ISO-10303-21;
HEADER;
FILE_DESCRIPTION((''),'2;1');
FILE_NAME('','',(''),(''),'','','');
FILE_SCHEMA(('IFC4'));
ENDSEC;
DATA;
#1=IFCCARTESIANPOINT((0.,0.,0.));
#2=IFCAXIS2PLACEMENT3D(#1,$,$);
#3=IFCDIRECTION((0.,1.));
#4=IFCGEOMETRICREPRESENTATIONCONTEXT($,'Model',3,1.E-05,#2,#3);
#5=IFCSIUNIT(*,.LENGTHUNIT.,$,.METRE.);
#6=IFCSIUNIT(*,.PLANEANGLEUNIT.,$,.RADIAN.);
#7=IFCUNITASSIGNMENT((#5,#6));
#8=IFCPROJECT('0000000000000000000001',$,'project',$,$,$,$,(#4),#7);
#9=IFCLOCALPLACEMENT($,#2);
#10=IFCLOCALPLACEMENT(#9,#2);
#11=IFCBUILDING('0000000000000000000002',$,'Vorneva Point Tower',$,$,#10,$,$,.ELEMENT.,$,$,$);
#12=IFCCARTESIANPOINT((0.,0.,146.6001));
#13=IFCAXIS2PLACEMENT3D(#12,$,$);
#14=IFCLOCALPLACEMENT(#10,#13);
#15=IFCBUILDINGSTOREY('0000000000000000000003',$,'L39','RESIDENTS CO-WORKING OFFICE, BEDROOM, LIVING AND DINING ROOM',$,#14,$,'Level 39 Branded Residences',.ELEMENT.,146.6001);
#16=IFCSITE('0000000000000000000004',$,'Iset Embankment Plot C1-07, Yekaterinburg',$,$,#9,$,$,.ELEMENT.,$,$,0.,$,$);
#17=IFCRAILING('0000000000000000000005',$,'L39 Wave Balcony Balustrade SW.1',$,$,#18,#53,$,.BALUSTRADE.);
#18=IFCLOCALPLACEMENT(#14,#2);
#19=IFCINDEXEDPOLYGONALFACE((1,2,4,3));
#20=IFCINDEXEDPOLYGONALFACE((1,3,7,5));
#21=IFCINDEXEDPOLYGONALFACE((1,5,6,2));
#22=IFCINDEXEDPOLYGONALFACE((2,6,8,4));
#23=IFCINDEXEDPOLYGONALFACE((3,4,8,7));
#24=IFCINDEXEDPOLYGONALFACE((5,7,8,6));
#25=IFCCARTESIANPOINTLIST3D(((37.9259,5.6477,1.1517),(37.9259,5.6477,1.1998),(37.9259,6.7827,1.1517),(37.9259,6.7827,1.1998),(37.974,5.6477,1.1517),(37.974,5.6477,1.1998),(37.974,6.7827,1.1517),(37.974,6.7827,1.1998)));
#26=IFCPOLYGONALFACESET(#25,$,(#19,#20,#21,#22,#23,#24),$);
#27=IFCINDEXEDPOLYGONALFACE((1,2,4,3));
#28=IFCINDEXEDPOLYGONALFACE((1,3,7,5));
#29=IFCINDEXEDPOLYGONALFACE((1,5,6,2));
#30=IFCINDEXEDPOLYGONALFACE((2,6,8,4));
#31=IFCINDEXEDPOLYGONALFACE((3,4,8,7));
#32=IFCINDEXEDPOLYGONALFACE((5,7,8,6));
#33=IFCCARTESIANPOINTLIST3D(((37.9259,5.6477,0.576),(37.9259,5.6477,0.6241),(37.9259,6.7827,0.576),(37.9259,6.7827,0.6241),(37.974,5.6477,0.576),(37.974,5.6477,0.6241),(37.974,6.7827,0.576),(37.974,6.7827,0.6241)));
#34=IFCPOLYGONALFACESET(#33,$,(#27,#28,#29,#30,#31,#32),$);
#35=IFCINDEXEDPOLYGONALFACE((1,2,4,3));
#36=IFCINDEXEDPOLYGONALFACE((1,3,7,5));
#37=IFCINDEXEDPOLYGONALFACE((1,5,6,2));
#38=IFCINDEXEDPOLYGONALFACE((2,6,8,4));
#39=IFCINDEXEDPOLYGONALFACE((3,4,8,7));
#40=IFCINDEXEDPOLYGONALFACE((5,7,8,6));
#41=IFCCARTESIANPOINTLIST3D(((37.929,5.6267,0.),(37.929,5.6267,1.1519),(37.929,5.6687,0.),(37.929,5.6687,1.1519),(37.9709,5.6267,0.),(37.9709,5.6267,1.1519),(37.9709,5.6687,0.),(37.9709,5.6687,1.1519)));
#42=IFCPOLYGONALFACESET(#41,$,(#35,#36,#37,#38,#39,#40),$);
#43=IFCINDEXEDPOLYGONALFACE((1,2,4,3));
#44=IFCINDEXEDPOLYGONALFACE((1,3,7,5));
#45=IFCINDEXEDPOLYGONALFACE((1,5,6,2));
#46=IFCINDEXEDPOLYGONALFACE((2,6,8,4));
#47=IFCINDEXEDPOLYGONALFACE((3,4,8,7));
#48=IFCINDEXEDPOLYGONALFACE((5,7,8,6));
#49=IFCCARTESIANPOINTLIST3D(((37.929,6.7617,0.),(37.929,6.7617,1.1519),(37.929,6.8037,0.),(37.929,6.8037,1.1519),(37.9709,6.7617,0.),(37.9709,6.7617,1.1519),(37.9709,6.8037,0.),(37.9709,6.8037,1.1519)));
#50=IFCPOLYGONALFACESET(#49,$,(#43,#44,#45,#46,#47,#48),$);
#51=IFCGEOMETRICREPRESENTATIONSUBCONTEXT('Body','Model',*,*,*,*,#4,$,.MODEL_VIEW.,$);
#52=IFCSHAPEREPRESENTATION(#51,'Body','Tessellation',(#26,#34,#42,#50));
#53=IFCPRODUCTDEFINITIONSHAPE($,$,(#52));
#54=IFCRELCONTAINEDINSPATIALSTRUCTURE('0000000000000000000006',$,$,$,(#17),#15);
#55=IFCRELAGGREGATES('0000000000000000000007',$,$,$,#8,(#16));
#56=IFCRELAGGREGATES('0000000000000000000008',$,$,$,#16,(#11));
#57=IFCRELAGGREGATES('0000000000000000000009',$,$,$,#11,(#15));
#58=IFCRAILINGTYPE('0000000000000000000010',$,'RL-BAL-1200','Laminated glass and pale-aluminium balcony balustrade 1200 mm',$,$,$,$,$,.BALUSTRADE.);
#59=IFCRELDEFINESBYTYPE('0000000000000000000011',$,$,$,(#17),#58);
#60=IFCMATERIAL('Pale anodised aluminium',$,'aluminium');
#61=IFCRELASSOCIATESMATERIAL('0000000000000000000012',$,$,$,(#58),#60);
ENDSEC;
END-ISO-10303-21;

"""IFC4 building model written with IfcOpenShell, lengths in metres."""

from ifc_helpers import new_model, si_unit, direction, frame, origin, origin_2d, place, context, subcontext, project, spatial, rectangle, extrude, material, type_object, element, save


model = new_model("IFC4")

# Units and contexts
model_context = context("Model", 3, precision=1e-05, world=origin(), true_north=direction((0.0, 1.0)))
body_context = subcontext(model_context, "Body", "Model", "MODEL_VIEW")
ifc_project = project(units=[si_unit("LENGTHUNIT", "METRE"), si_unit("PLANEANGLEUNIT", "RADIAN")], contexts=[model_context])

# Site, building, storey
site_placement = place(None, origin())
site = spatial("IfcSite", under=ifc_project, at=site_placement, Name="Iset Embankment Plot C1-07, Yekaterinburg", CompositionType="ELEMENT", RefElevation=0.0)
building_placement = place(site_placement, origin())
building = spatial("IfcBuilding", under=site, at=building_placement, Name="Vorneva Point Tower", CompositionType="ELEMENT")
storey_placement = place(building_placement, frame((0.0, 0.0, 146.6001)))
storey = spatial("IfcBuildingStorey", under=building, at=storey_placement, Name="L39", Description="RESIDENTS CO-WORKING OFFICE, BEDROOM, LIVING AND DINING ROOM", LongName="Level 39 Branded Residences", CompositionType="ELEMENT", Elevation=146.6001)

# Shared definitions
ifc_material_1 = material(Name="Pale anodised aluminium", Category="aluminium")

# Railing
railing_type = type_object("IfcRailingType", Name="RL-BAL-1200", Description="Laminated glass and pale-aluminium balcony balustrade 1200 mm", PredefinedType="BALUSTRADE", material=ifc_material_1)
railing_placement = place(storey_placement, frame((37.95, 5.6477, 0.0)))
element("IfcRailing", 1, at=railing_placement, inside=storey, type_object=railing_type, Name="L39 Wave Balcony Balustrade SW.1", PredefinedType="BALUSTRADE", context=body_context, shape_type="SweptSolid", body=[
    extrude(rectangle(XDim=0.0481, YDim=0.0481, at=origin_2d()), frame((0.0, 0.0, 1.1758), z_axis=(0.0, 1.0, 0.0), x_axis=(-1.0, 0.0, 0.0)), (0.0, 0.0, 1.0), 1.135),
    extrude(rectangle(XDim=0.0481, YDim=0.0481, at=origin_2d()), frame((0.0, 0.0, 0.6001), z_axis=(0.0, 1.0, 0.0), x_axis=(-1.0, 0.0, 0.0)), (0.0, 0.0, 1.0), 1.135),
    extrude(rectangle(XDim=0.042, YDim=0.042, at=origin_2d()), origin(), (0.0, 0.0, 1.0), 1.1519),
    extrude(rectangle(XDim=0.042, YDim=0.042, at=origin_2d()), frame((0.0, 1.135, 0.0)), (0.0, 0.0, 1.0), 1.1519),
])

save(model, "model.ifc")
